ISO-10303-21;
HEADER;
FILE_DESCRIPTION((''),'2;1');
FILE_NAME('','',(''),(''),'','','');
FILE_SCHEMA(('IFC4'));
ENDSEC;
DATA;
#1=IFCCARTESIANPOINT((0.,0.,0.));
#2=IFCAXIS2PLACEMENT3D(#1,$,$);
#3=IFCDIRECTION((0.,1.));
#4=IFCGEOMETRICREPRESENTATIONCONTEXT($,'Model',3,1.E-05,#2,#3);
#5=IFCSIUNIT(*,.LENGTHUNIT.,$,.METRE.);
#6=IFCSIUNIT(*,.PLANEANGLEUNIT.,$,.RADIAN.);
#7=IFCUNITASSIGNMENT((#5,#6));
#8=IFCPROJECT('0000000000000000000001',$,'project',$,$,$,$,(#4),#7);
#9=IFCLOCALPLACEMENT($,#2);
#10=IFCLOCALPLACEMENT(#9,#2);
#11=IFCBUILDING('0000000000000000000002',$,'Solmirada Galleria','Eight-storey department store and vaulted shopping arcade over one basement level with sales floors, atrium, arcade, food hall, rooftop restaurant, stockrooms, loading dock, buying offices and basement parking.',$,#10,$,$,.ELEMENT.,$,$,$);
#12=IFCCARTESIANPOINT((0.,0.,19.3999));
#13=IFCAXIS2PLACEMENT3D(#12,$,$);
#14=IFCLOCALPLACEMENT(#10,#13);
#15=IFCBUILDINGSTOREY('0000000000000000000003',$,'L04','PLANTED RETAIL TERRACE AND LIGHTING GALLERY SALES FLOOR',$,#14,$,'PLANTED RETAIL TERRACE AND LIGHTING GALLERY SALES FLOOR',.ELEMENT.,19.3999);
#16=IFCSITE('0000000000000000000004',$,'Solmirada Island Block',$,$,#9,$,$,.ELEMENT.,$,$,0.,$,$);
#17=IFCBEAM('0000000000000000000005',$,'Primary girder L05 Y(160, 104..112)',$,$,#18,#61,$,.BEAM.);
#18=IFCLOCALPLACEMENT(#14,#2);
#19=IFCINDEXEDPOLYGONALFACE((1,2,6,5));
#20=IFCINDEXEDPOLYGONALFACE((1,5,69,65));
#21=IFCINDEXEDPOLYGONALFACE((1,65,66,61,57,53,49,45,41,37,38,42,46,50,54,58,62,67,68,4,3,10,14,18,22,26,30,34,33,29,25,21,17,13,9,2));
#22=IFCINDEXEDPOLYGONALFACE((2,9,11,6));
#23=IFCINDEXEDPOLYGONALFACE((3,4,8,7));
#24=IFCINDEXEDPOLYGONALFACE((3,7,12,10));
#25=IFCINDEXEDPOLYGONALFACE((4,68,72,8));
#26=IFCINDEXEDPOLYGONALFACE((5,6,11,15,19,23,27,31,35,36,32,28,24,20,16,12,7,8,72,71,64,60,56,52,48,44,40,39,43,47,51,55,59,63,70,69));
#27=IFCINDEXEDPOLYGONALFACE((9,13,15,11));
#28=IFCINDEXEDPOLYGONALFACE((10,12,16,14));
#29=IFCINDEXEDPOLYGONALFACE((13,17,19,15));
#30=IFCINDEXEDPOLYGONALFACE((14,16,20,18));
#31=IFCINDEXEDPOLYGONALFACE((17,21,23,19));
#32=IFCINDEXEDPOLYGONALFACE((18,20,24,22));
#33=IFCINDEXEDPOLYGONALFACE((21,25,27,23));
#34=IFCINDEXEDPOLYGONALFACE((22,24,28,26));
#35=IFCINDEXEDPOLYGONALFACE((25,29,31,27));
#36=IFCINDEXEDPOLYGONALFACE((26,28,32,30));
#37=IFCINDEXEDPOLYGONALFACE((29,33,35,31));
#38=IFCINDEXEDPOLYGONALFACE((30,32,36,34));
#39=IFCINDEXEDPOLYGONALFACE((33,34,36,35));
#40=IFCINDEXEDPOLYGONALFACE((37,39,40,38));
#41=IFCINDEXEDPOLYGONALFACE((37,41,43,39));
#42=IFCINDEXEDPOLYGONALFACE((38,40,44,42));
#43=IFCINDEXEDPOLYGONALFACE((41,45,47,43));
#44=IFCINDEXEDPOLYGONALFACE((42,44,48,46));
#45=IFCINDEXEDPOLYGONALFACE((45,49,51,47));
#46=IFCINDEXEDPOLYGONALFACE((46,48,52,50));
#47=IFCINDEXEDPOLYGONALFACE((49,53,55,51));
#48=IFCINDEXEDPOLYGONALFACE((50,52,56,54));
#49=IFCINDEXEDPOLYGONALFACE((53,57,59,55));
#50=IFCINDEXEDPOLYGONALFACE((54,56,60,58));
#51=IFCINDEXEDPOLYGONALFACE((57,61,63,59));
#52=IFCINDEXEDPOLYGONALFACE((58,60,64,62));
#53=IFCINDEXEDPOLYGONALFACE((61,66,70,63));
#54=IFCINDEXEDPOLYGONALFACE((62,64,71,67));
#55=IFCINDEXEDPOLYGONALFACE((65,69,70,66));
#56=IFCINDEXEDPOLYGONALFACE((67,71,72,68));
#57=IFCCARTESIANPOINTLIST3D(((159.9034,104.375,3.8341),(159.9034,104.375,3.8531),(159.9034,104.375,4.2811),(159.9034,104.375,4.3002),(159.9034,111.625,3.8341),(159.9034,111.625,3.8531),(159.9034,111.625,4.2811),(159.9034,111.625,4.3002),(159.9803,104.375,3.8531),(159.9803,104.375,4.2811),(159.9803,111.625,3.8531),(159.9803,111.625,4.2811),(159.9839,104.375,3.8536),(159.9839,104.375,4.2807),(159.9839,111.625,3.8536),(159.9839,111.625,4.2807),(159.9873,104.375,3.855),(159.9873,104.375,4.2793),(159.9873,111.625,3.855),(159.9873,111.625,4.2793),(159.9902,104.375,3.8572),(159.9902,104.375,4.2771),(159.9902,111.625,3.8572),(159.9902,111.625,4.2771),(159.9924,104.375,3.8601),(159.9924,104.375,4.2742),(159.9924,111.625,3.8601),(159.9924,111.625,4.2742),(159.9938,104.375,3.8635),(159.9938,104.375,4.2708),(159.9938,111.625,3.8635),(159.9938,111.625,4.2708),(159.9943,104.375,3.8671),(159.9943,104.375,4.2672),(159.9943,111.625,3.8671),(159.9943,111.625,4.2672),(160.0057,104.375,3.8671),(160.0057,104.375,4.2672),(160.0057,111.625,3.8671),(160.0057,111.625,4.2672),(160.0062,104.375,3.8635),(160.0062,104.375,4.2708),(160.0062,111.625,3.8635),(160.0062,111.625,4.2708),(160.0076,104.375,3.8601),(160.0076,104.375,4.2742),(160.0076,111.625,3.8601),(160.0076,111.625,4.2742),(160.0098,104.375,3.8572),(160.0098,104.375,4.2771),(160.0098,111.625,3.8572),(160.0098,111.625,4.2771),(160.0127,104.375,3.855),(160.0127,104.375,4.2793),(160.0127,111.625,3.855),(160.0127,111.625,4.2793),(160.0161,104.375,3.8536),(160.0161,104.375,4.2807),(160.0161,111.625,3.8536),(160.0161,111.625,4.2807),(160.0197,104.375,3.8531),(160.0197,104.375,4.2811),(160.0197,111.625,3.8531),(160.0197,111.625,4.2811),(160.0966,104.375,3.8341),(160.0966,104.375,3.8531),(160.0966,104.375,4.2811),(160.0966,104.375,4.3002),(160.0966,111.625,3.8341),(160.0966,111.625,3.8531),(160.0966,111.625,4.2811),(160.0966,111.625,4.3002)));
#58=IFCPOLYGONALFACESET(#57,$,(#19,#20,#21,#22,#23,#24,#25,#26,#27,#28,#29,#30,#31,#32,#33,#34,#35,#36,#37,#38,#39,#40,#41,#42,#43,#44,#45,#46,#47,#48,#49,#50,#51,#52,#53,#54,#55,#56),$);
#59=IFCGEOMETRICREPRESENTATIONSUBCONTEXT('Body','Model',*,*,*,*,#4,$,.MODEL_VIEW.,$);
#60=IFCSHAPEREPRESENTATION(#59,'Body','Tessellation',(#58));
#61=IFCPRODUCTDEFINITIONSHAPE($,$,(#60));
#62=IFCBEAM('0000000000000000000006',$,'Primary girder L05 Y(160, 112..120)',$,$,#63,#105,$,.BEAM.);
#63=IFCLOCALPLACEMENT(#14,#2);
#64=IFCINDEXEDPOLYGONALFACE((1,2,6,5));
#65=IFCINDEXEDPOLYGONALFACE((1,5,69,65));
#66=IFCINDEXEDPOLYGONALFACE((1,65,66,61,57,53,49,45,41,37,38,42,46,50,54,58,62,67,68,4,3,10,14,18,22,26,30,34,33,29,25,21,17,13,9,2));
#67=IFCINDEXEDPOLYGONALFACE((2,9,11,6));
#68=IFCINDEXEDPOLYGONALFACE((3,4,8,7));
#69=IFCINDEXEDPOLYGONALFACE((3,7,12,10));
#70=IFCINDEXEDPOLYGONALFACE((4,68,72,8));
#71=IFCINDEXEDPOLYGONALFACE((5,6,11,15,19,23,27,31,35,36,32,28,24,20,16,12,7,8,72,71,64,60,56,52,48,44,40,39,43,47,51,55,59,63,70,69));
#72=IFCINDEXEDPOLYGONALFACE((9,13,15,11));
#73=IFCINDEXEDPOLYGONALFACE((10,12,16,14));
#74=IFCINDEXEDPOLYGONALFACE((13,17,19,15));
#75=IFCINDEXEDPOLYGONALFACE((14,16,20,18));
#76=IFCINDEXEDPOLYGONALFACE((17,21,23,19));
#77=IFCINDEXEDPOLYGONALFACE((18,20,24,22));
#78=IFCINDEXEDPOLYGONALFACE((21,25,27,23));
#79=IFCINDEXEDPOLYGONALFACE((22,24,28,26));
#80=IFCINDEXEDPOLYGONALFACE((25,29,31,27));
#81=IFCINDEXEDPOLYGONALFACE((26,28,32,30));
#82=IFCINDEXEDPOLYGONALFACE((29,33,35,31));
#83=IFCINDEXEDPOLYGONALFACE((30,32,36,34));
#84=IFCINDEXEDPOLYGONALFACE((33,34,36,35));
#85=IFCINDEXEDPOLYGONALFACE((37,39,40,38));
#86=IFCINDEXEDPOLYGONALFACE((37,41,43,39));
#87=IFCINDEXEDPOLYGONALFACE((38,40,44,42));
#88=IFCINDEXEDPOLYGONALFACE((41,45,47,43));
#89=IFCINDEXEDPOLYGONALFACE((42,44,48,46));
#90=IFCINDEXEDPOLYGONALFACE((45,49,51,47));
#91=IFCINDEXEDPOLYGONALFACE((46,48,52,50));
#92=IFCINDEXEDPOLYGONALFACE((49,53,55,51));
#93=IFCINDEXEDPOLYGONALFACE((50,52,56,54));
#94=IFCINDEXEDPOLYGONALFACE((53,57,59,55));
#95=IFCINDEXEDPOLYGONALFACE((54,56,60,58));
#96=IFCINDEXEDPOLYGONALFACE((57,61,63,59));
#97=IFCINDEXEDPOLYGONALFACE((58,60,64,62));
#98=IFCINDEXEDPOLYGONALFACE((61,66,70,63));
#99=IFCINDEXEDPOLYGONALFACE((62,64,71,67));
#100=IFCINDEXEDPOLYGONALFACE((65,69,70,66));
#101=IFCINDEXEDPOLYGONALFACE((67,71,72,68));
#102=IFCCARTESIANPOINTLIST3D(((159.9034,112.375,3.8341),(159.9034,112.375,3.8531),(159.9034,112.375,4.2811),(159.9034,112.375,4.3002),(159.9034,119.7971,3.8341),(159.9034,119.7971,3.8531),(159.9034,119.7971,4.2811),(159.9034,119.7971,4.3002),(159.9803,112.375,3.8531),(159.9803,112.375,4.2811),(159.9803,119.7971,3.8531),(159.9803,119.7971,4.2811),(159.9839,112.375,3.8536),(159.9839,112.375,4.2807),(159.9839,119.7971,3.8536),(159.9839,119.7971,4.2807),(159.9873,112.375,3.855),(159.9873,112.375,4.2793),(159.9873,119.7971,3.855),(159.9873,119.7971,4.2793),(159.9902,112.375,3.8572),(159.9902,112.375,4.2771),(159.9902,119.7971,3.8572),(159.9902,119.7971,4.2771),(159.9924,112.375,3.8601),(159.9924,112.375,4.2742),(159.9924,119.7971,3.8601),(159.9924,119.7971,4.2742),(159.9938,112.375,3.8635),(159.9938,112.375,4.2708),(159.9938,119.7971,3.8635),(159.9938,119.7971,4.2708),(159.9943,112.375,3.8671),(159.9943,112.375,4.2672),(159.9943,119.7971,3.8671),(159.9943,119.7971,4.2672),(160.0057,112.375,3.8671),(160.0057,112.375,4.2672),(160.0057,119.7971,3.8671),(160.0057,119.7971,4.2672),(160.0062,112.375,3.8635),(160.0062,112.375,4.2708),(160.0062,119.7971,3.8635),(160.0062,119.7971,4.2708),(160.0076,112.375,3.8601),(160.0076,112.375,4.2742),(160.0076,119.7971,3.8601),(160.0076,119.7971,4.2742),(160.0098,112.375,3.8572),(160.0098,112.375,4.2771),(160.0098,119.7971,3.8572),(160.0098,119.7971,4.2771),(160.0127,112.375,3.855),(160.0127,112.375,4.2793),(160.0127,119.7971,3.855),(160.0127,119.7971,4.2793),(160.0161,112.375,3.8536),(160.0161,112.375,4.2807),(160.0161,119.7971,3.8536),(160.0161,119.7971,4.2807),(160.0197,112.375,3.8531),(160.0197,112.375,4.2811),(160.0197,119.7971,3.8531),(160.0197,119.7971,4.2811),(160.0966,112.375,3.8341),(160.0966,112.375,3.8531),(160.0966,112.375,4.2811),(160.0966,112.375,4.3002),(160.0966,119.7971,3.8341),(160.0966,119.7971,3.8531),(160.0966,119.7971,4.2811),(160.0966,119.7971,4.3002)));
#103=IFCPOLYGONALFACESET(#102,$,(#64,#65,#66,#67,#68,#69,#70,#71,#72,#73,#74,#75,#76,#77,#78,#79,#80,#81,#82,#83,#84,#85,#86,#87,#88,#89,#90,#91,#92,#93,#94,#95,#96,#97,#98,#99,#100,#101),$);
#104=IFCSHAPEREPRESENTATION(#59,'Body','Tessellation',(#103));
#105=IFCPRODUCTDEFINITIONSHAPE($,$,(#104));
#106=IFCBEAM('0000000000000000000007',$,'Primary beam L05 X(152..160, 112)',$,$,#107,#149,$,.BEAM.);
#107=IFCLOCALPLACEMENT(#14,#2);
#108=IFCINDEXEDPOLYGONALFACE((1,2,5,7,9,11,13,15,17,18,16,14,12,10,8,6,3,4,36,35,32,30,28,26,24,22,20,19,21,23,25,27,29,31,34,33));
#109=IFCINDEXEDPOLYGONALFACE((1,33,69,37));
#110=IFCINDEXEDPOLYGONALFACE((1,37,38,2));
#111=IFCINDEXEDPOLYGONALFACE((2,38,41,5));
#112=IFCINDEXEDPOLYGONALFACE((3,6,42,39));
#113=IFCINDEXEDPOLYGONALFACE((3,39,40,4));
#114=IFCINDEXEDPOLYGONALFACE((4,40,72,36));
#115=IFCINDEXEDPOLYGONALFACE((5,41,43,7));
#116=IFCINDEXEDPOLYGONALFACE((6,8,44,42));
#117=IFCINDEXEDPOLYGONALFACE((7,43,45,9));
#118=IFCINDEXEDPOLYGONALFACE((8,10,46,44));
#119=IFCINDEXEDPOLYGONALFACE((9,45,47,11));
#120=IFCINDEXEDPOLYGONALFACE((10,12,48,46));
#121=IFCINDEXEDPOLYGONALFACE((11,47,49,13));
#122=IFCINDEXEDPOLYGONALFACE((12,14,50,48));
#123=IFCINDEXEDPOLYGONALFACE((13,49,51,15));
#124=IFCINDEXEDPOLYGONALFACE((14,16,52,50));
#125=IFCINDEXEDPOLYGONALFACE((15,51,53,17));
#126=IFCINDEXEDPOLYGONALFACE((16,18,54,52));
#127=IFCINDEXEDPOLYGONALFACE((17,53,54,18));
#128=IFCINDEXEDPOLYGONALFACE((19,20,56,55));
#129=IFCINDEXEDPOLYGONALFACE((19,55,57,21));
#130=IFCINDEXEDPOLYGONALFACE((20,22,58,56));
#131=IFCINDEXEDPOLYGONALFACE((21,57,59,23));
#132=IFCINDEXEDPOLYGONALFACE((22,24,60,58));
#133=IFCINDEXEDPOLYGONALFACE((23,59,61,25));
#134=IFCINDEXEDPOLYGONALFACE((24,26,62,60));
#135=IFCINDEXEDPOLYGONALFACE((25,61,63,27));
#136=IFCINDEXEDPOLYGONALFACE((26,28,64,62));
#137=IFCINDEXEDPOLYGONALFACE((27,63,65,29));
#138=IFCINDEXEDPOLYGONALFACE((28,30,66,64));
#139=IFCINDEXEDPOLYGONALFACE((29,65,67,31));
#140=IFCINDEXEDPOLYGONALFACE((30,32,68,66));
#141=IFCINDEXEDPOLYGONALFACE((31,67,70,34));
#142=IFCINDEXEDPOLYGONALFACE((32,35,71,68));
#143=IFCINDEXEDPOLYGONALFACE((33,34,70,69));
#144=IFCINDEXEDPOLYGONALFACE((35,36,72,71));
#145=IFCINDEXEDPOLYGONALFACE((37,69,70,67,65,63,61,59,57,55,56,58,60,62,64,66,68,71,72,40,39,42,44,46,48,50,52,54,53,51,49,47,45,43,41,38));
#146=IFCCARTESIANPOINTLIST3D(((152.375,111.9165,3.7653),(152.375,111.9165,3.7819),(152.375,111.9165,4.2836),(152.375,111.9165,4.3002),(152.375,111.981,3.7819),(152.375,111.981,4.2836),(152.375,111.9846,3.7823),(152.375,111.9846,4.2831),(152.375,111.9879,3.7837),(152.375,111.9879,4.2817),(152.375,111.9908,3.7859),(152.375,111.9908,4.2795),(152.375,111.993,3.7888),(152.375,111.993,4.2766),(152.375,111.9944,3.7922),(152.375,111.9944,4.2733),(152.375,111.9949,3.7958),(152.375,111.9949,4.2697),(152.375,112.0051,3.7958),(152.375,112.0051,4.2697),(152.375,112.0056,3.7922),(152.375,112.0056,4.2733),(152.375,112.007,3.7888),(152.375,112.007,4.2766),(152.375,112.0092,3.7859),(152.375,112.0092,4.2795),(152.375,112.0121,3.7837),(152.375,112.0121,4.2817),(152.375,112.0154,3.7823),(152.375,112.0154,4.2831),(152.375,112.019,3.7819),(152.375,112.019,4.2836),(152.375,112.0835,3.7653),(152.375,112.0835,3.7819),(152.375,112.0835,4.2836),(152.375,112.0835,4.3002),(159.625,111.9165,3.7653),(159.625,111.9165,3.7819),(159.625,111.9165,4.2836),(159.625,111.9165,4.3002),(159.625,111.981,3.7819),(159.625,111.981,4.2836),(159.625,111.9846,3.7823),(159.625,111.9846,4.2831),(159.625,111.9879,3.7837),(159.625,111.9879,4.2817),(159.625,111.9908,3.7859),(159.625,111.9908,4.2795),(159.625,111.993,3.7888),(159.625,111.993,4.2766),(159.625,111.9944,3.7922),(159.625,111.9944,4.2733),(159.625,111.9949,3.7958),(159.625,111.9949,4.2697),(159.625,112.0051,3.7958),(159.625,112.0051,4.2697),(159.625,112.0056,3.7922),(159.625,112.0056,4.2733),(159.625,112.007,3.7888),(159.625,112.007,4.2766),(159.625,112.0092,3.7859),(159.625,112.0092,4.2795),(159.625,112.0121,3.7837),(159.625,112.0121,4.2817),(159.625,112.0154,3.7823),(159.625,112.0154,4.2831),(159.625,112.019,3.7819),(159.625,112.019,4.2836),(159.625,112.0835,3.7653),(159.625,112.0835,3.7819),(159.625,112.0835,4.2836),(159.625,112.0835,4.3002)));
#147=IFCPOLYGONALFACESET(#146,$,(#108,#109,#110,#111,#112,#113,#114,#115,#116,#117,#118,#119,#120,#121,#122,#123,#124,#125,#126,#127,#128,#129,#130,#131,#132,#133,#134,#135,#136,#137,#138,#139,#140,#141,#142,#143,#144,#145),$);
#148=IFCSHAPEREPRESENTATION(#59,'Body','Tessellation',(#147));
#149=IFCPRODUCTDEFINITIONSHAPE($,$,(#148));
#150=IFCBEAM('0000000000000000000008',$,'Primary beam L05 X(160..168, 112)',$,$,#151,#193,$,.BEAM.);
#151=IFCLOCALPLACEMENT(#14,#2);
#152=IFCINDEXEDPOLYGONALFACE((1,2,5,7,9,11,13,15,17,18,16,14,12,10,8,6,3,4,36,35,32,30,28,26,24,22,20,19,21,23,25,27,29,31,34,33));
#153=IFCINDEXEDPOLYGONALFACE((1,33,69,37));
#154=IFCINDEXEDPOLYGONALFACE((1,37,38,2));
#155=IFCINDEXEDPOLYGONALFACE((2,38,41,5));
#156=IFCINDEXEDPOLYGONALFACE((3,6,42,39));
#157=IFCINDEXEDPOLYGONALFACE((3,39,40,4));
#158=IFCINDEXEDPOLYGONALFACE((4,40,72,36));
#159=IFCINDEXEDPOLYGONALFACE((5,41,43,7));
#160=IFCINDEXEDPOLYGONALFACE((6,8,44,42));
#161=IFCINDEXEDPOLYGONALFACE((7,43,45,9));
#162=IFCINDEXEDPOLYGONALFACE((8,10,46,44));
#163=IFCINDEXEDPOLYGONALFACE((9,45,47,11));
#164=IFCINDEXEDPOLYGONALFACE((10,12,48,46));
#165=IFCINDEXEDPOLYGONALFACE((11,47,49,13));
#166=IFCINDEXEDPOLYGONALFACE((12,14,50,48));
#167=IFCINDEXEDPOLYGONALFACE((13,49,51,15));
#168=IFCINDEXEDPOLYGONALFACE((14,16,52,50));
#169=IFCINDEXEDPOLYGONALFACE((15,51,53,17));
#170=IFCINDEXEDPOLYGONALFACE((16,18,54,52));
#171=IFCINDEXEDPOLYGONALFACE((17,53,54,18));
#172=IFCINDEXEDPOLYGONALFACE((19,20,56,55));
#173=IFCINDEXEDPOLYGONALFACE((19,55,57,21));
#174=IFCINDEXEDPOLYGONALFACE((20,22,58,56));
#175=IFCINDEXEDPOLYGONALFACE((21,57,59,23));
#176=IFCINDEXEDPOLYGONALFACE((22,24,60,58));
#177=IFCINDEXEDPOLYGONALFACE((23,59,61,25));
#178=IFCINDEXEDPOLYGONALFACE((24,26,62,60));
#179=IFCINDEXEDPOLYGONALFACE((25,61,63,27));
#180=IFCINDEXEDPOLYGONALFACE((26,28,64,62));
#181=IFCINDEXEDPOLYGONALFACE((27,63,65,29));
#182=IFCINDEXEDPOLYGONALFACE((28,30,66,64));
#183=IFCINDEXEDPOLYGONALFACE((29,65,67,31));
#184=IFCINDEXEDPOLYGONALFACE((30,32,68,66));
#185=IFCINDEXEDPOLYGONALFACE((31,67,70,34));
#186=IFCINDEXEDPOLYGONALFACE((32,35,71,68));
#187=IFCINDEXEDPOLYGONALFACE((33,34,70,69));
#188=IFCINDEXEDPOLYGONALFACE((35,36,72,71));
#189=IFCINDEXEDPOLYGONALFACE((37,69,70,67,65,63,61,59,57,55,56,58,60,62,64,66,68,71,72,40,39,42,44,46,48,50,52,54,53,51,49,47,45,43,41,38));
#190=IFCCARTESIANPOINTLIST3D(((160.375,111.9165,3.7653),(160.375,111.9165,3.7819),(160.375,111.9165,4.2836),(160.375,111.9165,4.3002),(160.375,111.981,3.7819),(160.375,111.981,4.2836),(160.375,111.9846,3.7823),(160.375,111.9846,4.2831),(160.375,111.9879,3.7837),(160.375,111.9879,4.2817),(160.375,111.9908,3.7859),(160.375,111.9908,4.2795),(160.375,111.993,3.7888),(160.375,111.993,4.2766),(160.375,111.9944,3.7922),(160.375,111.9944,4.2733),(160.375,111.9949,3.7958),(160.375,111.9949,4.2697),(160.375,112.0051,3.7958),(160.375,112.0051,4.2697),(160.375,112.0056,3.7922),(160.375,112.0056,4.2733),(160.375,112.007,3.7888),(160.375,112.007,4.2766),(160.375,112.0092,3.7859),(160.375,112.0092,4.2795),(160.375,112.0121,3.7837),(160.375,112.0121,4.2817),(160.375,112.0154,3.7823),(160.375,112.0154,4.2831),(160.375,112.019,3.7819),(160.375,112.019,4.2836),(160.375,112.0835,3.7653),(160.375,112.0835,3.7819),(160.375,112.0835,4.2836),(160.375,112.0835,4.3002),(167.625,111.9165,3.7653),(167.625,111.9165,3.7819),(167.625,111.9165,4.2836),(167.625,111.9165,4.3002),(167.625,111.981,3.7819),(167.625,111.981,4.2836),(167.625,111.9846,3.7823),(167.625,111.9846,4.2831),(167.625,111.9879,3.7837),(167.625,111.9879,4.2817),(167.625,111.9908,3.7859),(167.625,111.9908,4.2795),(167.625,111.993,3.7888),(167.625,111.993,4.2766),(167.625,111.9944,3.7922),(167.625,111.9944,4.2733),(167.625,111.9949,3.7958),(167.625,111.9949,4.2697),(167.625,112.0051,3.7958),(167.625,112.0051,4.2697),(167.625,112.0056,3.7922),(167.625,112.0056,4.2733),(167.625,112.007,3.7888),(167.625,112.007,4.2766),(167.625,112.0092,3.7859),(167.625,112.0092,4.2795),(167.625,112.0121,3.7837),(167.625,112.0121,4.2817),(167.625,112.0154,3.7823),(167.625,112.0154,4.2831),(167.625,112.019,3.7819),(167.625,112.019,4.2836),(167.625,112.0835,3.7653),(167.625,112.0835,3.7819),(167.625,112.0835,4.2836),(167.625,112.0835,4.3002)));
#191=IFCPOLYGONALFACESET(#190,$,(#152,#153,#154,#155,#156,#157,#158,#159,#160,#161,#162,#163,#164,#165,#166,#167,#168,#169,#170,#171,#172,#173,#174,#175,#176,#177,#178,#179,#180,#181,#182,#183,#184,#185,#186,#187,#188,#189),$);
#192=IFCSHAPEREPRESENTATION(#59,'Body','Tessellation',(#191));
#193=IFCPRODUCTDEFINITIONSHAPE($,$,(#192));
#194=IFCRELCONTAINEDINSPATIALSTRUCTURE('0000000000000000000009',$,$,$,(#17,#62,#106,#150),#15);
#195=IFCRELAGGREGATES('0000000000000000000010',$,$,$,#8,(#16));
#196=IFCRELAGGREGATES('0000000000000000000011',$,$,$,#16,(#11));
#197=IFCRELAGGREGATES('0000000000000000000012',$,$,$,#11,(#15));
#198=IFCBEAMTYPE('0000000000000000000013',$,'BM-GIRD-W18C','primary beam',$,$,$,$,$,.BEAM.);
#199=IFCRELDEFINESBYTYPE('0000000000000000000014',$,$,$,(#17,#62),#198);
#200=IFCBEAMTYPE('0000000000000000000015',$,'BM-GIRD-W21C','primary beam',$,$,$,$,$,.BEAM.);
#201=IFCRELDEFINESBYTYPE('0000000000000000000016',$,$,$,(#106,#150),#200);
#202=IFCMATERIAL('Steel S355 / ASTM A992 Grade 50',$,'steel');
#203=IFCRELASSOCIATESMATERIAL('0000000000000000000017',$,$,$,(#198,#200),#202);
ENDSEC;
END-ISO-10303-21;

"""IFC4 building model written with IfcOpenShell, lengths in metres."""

from ifc_helpers import new_model, si_unit, direction, frame, origin, origin_2d, place, context, subcontext, project, spatial, i_section, extrude, material, material_profile, profile_set, type_object, element, save


model = new_model("IFC4")

# Units and contexts
model_context = context("Model", 3, precision=1e-05, world=origin(), true_north=direction((0.0, 1.0)))
body_context = subcontext(model_context, "Body", "Model", "MODEL_VIEW")
ifc_project = project(units=[si_unit("LENGTHUNIT", "METRE"), si_unit("PLANEANGLEUNIT", "RADIAN")], contexts=[model_context])

# Site, building, storey
site_placement = place(None, origin())
site = spatial("IfcSite", under=ifc_project, at=site_placement, Name="Solmirada Island Block", CompositionType="ELEMENT", RefElevation=0.0)
building_placement = place(site_placement, origin())
building = spatial("IfcBuilding", under=site, at=building_placement, Name="Solmirada Galleria", Description="Eight-storey department store and vaulted shopping arcade over one basement level with sales floors, atrium, arcade, food hall, rooftop restaurant, stockrooms, loading dock, buying offices and basement parking.", CompositionType="ELEMENT")
storey_placement = place(building_placement, frame((0.0, 0.0, 19.3999)))
storey = spatial("IfcBuildingStorey", under=building, at=storey_placement, Name="L04", Description="PLANTED RETAIL TERRACE AND LIGHTING GALLERY SALES FLOOR", LongName="PLANTED RETAIL TERRACE AND LIGHTING GALLERY SALES FLOOR", CompositionType="ELEMENT", Elevation=19.3999)

# Beams
ifc_material_1 = material(Name="Steel S355 / ASTM A992 Grade 50", Category="steel")
ifc_material_profile_1 = material_profile(ifc_material_1, i_section(OverallWidth=0.1931, OverallDepth=0.4661, WebThickness=0.0115, FlangeThickness=0.019, FilletRadius=0.0139, at=origin_2d()), Name="W18X65")
ifc_profile_set_1 = profile_set([ifc_material_profile_1], Name="Steel S355 / ASTM A992 Grade 50")
beam_type_1 = type_object("IfcBeamType", Name="BM-GIRD-W18C", Description="primary beam", PredefinedType="BEAM", material=ifc_profile_set_1)
beam_1_placement = place(storey_placement, frame((160.0, 104.375, 4.0671), z_axis=(0.0, 1.0, 0.0), x_axis=(-1.0, 0.0, 0.0)))
element("IfcBeam", 1, at=beam_1_placement, inside=storey, type_object=beam_type_1, Name="Primary girder L05 Y(160, 104..112)", PredefinedType="BEAM", context=body_context, shape_type="SweptSolid", body=[
    extrude(i_section(OverallWidth=0.1931, OverallDepth=0.4661, WebThickness=0.0115, FlangeThickness=0.019, FilletRadius=0.0139, at=origin_2d()), origin(), (0.0, 0.0, 1.0), 7.25),
])
beam_2_placement = place(storey_placement, frame((160.0, 112.375, 4.0671), z_axis=(0.0, 1.0, 0.0), x_axis=(-1.0, 0.0, 0.0)))
element("IfcBeam", 2, at=beam_2_placement, inside=storey, type_object=beam_type_1, Name="Primary girder L05 Y(160, 112..120)", PredefinedType="BEAM", context=body_context, shape_type="SweptSolid", body=[
    extrude(i_section(OverallWidth=0.1931, OverallDepth=0.4661, WebThickness=0.0115, FlangeThickness=0.019, FilletRadius=0.0139, at=origin_2d()), origin(), (0.0, 0.0, 1.0), 7.4221),
])
ifc_material_profile_2 = material_profile(ifc_material_1, i_section(OverallWidth=0.167, OverallDepth=0.5349, WebThickness=0.0103, FlangeThickness=0.0166, FilletRadius=0.0139, at=origin_2d()), Name="W21X57")
ifc_profile_set_2 = profile_set([ifc_material_profile_2], Name="Steel S355 / ASTM A992 Grade 50")
beam_type_2 = type_object("IfcBeamType", Name="BM-GIRD-W21C", Description="primary beam", PredefinedType="BEAM", material=ifc_profile_set_2)
for number, where, z_axis, x_axis, name in (
    (3, (152.375, 112.0, 4.0327), (1.0, 0.0, 0.0), (0.0, 1.0, 0.0), "Primary beam L05 X(152..160, 112)"),
    (4, (160.375, 112.0, 4.0327), (1.0, 0.0, 0.0), (0.0, 1.0, 0.0), "Primary beam L05 X(160..168, 112)"),
):
    element("IfcBeam", number, at=place(storey_placement, frame(where, z_axis=z_axis, x_axis=x_axis)), inside=storey, type_object=beam_type_2, Name=name, PredefinedType="BEAM", context=body_context, shape_type="SweptSolid", body=[
        extrude(i_section(OverallWidth=0.167, OverallDepth=0.5349, WebThickness=0.0103, FlangeThickness=0.0166, FilletRadius=0.0139, at=origin_2d()), origin(), (0.0, 0.0, 1.0), 7.25),
    ])

save(model, "model.ifc")
